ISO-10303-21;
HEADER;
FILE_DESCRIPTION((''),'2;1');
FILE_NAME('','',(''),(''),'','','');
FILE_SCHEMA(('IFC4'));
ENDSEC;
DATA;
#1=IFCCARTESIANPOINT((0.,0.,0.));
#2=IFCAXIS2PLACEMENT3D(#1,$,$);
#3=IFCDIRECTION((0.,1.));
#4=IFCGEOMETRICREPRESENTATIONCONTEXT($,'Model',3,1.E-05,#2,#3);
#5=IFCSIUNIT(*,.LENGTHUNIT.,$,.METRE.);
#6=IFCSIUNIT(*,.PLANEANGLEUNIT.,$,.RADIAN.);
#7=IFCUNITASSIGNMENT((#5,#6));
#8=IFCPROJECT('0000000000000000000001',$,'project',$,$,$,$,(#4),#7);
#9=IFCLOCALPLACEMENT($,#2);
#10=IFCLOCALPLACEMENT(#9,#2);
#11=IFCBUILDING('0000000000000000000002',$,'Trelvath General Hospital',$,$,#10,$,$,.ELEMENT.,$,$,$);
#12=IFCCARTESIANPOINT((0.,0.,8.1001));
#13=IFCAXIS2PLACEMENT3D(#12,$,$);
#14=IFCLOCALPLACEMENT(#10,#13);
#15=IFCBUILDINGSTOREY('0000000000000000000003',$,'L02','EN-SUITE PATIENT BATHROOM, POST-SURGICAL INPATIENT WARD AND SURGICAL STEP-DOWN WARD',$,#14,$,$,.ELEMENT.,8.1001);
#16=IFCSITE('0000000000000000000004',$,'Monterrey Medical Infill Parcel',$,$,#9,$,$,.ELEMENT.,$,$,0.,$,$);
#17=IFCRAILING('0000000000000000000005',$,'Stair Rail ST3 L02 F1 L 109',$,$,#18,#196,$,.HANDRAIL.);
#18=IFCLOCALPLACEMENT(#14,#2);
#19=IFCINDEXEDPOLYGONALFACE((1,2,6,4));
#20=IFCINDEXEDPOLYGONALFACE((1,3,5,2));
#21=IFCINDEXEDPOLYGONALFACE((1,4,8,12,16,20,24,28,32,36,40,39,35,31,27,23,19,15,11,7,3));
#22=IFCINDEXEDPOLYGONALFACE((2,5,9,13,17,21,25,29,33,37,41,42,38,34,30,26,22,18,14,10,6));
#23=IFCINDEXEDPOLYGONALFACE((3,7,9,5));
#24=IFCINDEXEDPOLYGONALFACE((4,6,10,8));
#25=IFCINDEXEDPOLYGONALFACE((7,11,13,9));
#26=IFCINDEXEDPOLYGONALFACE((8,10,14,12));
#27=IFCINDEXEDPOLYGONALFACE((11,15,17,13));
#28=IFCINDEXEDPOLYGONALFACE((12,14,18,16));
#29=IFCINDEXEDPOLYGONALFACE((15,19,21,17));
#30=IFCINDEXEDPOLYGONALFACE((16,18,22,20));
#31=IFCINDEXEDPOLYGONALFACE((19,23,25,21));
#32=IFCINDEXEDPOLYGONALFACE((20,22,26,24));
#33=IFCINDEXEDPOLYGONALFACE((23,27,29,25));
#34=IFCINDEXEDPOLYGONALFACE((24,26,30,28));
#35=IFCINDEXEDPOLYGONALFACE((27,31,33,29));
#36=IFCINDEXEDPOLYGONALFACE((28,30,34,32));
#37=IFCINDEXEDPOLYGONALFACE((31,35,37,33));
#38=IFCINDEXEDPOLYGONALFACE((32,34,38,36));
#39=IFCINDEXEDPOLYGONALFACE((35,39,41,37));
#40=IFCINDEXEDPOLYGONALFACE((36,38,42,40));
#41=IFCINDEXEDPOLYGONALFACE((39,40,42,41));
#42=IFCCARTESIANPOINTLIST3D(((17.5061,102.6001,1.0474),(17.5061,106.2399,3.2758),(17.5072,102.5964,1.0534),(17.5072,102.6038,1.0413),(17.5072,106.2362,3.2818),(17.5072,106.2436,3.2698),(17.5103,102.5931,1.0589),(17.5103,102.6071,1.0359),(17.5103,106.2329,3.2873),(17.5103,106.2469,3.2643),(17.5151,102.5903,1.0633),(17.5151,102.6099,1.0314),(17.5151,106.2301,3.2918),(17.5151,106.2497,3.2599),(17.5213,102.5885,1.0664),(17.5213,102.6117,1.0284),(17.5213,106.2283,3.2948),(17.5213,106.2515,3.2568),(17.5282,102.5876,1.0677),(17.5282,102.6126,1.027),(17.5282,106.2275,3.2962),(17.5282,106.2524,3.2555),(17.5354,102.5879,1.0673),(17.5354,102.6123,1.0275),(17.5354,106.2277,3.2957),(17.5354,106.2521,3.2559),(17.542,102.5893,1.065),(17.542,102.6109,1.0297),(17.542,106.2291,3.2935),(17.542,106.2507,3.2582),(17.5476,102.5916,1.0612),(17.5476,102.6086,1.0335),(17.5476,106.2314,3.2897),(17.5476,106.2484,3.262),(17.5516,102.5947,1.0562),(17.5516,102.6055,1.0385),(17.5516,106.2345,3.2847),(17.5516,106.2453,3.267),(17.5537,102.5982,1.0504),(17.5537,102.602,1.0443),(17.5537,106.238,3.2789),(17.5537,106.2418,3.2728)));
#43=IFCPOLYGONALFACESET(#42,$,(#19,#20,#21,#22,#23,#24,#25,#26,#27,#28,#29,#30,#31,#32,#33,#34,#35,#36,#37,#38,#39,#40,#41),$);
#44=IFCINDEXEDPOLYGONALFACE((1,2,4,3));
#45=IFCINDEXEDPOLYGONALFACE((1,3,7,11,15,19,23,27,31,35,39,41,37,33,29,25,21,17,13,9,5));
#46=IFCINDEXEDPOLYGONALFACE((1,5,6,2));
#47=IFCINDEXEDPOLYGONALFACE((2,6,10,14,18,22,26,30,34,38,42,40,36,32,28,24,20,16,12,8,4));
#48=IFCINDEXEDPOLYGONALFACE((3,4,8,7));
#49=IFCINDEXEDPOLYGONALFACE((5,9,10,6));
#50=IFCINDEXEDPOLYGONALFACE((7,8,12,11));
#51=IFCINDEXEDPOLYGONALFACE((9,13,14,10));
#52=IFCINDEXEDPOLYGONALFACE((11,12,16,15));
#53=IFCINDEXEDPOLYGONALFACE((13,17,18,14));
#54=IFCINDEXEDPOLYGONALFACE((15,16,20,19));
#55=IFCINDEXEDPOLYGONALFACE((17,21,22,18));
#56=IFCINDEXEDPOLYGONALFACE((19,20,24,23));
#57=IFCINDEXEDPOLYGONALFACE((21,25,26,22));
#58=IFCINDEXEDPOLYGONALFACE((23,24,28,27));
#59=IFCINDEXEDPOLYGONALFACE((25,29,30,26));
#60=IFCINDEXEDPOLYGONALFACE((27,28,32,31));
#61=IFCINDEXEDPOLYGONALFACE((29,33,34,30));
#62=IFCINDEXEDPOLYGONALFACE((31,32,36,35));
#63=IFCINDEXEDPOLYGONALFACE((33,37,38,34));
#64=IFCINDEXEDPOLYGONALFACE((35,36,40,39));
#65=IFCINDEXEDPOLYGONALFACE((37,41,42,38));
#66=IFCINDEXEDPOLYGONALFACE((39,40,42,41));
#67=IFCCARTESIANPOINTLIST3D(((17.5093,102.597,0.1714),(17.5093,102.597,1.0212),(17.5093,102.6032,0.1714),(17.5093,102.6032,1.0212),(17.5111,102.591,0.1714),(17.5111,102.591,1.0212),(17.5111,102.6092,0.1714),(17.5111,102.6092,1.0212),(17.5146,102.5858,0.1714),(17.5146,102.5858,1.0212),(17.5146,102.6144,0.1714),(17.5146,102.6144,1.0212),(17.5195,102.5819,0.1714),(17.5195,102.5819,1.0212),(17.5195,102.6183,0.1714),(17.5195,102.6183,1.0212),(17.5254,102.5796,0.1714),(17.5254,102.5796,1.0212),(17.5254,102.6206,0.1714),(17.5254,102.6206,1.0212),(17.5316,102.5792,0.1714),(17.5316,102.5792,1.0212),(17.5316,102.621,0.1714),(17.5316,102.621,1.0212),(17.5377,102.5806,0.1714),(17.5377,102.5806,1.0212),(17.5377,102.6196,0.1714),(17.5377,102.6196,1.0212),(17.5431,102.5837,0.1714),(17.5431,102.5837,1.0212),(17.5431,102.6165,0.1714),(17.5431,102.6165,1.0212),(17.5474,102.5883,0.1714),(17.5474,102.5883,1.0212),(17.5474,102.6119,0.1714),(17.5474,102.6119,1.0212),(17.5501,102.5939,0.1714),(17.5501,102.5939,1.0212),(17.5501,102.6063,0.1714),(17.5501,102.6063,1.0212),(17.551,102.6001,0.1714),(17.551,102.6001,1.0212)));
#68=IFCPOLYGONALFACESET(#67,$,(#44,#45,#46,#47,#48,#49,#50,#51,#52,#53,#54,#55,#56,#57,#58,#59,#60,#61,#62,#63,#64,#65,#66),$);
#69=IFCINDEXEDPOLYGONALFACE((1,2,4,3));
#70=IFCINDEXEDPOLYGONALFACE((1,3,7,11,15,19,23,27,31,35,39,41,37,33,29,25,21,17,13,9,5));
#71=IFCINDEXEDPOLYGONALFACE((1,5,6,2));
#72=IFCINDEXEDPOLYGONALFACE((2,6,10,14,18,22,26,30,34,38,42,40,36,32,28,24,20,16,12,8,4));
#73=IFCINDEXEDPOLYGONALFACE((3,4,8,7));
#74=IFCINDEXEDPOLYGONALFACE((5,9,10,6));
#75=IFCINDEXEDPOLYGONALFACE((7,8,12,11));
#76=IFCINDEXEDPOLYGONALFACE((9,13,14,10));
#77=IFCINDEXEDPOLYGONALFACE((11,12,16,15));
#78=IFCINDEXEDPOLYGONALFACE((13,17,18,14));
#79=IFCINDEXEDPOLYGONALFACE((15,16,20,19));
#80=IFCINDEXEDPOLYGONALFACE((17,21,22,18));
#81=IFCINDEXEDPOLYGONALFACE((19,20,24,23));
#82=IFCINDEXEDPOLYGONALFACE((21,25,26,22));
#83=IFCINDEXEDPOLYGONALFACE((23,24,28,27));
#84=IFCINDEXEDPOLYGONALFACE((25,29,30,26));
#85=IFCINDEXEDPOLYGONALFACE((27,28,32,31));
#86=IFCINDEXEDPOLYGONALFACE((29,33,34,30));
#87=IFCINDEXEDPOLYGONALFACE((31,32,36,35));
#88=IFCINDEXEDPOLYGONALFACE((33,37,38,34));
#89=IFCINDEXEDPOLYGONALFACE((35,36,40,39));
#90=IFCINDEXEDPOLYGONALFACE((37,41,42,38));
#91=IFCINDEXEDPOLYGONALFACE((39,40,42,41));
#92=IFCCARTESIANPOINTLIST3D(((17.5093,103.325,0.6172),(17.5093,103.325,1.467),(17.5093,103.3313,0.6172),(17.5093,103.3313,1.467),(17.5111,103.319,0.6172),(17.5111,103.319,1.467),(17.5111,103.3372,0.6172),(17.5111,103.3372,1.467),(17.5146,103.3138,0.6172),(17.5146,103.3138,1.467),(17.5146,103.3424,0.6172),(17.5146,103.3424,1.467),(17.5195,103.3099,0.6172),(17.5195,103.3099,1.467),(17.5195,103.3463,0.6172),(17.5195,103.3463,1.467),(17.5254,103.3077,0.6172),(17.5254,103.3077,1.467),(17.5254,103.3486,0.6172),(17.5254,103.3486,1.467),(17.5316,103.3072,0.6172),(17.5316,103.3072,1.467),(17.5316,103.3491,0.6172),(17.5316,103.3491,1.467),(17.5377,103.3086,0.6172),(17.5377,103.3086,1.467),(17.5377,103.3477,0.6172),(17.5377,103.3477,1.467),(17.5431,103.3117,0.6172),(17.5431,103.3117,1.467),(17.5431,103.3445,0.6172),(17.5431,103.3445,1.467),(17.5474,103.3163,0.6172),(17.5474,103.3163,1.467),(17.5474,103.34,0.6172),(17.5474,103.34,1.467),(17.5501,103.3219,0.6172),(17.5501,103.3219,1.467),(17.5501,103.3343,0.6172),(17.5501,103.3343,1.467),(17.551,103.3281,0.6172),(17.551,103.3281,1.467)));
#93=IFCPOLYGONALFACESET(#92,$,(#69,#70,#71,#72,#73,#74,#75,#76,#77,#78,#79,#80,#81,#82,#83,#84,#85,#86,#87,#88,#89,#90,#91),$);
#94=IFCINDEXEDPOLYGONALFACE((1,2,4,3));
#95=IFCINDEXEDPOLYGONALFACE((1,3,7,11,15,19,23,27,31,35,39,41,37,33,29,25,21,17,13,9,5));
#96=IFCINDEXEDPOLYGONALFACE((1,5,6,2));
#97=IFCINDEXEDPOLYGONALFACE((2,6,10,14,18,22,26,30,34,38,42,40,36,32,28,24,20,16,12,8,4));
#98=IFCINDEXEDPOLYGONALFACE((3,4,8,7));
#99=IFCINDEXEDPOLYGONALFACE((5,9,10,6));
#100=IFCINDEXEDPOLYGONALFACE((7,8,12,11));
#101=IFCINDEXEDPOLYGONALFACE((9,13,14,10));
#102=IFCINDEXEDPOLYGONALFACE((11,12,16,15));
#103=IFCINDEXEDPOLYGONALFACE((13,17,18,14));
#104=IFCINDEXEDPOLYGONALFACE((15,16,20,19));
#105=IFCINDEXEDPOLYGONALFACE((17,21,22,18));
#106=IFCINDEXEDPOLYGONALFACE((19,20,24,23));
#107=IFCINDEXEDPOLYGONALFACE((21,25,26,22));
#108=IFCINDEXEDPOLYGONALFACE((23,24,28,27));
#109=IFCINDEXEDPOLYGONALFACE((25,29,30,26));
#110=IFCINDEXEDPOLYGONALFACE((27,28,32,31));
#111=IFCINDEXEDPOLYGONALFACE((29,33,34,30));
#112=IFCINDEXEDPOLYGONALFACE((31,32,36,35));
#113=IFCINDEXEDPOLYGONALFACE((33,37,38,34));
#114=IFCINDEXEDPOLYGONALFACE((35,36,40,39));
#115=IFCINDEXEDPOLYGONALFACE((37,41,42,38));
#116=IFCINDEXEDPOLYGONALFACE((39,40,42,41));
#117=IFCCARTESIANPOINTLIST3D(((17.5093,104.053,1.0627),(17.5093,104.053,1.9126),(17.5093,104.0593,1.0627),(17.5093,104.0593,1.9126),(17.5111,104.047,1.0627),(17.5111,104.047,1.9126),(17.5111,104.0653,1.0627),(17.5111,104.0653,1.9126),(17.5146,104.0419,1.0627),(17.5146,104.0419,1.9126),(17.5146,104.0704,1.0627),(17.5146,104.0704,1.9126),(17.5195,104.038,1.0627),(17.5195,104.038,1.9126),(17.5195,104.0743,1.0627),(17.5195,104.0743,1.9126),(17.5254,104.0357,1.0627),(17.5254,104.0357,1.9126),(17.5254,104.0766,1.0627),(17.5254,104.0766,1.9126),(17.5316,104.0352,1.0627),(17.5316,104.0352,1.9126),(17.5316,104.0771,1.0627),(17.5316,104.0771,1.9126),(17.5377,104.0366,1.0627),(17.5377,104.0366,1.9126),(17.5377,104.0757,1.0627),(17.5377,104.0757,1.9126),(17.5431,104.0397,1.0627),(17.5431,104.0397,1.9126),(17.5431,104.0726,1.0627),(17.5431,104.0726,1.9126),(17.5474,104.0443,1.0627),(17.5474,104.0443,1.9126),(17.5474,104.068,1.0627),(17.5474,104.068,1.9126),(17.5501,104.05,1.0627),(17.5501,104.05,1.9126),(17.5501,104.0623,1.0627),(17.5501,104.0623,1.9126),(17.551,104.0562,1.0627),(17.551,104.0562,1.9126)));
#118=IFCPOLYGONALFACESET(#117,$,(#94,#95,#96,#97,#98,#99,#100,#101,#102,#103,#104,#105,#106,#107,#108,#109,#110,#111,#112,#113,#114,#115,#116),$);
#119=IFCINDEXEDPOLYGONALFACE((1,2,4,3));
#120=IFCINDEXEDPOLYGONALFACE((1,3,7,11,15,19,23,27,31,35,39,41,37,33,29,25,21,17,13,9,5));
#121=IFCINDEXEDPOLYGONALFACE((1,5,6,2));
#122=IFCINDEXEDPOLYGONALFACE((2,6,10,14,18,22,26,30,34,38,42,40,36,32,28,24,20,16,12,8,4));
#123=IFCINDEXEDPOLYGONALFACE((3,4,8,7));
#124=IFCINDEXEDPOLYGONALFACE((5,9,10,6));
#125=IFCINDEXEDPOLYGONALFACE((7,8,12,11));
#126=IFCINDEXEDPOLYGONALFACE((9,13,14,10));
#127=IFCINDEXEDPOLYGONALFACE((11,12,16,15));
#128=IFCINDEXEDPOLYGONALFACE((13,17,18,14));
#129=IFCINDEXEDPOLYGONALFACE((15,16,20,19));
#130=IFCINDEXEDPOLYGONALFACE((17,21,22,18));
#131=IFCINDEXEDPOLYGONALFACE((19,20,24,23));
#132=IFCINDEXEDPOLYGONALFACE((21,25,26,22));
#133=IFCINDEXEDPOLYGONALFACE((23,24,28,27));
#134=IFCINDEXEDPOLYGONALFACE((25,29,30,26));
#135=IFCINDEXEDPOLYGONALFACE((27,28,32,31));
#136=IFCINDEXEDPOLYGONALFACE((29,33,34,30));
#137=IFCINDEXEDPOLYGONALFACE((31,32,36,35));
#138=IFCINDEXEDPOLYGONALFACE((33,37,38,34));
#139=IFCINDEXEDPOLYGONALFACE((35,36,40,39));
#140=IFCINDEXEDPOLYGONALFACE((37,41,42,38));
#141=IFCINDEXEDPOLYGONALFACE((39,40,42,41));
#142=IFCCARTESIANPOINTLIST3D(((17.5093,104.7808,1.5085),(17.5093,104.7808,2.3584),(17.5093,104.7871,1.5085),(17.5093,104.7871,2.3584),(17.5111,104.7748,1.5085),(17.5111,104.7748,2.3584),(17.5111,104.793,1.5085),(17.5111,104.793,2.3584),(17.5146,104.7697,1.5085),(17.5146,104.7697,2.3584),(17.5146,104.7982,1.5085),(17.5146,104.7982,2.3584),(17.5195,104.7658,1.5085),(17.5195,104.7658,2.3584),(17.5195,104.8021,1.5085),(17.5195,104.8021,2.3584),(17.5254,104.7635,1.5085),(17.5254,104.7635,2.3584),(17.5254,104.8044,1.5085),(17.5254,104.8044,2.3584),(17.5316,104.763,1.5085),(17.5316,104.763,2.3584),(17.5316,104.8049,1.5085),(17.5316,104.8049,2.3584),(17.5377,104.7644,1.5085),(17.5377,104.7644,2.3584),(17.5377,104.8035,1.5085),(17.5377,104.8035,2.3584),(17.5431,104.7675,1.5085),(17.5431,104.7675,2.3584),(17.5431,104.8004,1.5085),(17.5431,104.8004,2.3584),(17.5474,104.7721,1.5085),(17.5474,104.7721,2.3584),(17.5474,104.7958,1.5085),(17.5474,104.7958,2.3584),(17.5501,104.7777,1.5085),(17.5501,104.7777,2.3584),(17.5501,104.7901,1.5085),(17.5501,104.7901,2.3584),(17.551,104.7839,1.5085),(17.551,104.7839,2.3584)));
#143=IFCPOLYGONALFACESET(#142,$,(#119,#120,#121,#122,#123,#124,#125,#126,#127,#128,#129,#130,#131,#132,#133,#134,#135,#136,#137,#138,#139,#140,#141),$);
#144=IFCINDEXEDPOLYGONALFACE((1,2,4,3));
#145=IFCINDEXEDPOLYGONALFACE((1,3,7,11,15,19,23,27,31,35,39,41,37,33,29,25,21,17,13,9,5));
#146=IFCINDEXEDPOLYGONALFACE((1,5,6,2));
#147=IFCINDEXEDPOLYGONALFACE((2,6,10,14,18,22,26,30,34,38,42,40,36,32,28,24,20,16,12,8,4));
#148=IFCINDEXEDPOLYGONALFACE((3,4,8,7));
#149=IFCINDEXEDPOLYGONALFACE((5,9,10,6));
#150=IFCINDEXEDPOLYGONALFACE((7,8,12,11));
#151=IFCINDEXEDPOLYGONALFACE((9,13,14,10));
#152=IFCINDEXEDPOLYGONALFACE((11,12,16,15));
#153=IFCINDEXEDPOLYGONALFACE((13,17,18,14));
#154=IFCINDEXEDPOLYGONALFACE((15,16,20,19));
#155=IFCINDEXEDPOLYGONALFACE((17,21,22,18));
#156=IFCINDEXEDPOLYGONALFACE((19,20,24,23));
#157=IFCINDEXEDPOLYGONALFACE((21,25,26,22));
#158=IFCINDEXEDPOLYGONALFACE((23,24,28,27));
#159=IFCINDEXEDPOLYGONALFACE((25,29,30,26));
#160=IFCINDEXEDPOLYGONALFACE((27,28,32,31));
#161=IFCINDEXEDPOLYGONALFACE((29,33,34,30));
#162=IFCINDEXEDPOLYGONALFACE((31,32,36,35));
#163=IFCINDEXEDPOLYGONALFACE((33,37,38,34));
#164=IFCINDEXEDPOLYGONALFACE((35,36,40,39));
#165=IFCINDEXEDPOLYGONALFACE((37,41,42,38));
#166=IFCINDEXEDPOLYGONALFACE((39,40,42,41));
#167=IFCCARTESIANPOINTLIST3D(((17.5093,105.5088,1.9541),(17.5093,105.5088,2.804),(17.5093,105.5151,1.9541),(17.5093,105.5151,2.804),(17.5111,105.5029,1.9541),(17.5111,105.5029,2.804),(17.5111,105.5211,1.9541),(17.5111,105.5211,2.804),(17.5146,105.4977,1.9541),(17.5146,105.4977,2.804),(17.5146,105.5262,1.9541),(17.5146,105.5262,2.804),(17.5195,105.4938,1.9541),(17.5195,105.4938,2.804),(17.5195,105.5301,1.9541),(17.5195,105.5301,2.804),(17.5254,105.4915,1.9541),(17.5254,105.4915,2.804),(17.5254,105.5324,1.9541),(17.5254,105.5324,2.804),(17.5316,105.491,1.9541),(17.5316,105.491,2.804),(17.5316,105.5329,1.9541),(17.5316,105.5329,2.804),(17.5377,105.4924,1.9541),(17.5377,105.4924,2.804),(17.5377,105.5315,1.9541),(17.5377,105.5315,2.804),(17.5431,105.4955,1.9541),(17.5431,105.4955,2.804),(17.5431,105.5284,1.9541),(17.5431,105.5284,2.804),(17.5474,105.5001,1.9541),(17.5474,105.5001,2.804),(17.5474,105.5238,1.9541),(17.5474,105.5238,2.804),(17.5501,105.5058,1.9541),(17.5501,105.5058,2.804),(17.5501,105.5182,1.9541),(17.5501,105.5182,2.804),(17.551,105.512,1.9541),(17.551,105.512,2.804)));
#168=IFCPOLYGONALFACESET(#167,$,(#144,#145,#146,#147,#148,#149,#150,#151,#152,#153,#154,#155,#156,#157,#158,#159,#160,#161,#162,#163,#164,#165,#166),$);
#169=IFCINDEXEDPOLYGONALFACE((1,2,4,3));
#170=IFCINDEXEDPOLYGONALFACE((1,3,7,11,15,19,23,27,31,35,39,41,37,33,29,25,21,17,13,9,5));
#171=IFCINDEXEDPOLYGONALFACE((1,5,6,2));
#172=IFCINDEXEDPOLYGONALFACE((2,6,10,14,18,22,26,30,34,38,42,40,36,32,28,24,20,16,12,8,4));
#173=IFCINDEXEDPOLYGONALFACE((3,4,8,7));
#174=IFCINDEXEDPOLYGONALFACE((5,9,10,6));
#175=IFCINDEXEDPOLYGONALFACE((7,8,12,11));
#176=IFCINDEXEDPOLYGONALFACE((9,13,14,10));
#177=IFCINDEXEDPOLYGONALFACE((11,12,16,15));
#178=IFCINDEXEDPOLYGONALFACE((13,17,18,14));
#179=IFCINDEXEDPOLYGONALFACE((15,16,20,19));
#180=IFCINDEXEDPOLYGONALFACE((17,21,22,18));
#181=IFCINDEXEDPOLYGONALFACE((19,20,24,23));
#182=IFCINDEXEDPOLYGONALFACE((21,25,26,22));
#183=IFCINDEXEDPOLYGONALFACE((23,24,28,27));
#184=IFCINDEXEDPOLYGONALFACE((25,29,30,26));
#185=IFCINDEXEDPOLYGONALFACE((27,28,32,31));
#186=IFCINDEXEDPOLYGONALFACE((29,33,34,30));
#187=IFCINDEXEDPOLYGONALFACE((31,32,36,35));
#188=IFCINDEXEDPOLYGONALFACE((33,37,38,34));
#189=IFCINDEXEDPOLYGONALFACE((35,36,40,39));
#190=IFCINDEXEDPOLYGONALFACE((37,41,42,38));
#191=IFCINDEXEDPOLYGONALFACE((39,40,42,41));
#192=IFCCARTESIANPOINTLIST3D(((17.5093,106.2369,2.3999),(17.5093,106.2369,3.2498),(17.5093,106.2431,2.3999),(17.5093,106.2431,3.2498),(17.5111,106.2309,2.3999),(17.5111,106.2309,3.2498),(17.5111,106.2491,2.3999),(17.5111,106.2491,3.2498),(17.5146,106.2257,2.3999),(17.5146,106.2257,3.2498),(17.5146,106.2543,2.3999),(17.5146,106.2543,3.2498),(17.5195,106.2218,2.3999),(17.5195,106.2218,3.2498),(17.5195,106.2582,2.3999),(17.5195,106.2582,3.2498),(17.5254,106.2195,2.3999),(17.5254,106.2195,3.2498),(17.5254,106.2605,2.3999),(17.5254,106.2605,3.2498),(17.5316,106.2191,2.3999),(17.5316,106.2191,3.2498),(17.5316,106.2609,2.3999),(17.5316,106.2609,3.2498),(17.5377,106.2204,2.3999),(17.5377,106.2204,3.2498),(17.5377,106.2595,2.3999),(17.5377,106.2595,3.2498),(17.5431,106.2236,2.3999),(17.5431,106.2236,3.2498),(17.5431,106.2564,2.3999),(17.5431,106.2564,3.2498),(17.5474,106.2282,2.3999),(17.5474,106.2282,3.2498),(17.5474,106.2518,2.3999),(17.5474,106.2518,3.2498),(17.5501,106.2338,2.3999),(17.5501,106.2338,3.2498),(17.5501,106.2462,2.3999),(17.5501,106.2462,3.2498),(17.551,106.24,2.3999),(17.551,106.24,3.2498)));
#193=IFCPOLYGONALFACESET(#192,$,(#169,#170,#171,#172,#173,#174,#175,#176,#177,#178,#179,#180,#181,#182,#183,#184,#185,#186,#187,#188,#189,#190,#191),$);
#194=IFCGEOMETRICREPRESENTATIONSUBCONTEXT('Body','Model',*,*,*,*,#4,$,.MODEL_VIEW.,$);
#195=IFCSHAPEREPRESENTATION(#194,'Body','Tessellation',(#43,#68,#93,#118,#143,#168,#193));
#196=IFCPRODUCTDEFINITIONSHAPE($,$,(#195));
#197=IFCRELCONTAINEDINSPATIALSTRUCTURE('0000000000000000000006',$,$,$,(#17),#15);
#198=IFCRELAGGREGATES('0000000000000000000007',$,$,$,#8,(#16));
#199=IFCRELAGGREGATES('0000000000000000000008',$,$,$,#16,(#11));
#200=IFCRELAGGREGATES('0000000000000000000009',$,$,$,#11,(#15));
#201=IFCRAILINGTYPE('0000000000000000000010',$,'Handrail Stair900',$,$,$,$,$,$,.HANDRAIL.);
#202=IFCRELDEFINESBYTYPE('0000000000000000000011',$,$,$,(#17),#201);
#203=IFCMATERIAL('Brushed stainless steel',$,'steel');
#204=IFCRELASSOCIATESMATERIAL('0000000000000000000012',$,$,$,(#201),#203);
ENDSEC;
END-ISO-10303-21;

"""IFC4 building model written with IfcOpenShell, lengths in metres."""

from ifc_helpers import new_model, si_unit, direction, frame, origin, origin_2d, place, context, subcontext, project, spatial, circle, extrude, material, type_object, element, save


model = new_model("IFC4")

# Units and contexts
model_context = context("Model", 3, precision=1e-05, world=origin(), true_north=direction((0.0, 1.0)))
body_context = subcontext(model_context, "Body", "Model", "MODEL_VIEW")
ifc_project = project(units=[si_unit("LENGTHUNIT", "METRE"), si_unit("PLANEANGLEUNIT", "RADIAN")], contexts=[model_context])

# Site, building, storey
site_placement = place(None, origin())
site = spatial("IfcSite", under=ifc_project, at=site_placement, Name="Monterrey Medical Infill Parcel", CompositionType="ELEMENT", RefElevation=0.0)
building_placement = place(site_placement, origin())
building = spatial("IfcBuilding", under=site, at=building_placement, Name="Trelvath General Hospital", CompositionType="ELEMENT")
storey_placement = place(building_placement, frame((0.0, 0.0, 8.1001)))
storey = spatial("IfcBuildingStorey", under=building, at=storey_placement, Name="L02", Description="EN-SUITE PATIENT BATHROOM, POST-SURGICAL INPATIENT WARD AND SURGICAL STEP-DOWN WARD", CompositionType="ELEMENT", Elevation=8.1001)

# Railing
ifc_material_1 = material(Name="Brushed stainless steel", Category="steel")
railing_type_1 = type_object("IfcRailingType", Name="Handrail Stair900", PredefinedType="HANDRAIL", material=ifc_material_1)
railing_1_placement = place(storey_placement, frame((17.53, 102.6001, 0.1714)))
element("IfcRailing", 1, at=railing_1_placement, inside=storey, type_object=railing_type_1, Name="Stair Rail ST3 L02 F1 L 109", PredefinedType="HANDRAIL", context=body_context, shape_type="SweptSolid", body=[
    extrude(circle(Radius=0.0239, at=origin_2d()), frame((0.0, 0.0, 0.876), z_axis=(0.0, 0.85285, 0.522156), x_axis=(-1.0, 0.0, 0.0)), (0.0, 0.0, 1.0), 4.2678),
    extrude(circle(Radius=0.021, at=origin_2d()), origin(), (0.0, 0.0, 1.0), 0.8499),
    extrude(circle(Radius=0.021, at=origin_2d()), frame((0.0, 0.728, 0.4458)), (0.0, 0.0, 1.0), 0.8499),
    extrude(circle(Radius=0.021, at=origin_2d()), frame((0.0, 1.4561, 0.8914)), (0.0, 0.0, 1.0), 0.8499),
    extrude(circle(Radius=0.021, at=origin_2d()), frame((0.0, 2.1838, 1.3372)), (0.0, 0.0, 1.0), 0.8499),
    extrude(circle(Radius=0.021, at=origin_2d()), frame((0.0, 2.9119, 1.7827)), (0.0, 0.0, 1.0), 0.8499),
    extrude(circle(Radius=0.021, at=origin_2d()), frame((0.0, 3.6399, 2.2285)), (0.0, 0.0, 1.0), 0.8499),
])

save(model, "model.ifc")
